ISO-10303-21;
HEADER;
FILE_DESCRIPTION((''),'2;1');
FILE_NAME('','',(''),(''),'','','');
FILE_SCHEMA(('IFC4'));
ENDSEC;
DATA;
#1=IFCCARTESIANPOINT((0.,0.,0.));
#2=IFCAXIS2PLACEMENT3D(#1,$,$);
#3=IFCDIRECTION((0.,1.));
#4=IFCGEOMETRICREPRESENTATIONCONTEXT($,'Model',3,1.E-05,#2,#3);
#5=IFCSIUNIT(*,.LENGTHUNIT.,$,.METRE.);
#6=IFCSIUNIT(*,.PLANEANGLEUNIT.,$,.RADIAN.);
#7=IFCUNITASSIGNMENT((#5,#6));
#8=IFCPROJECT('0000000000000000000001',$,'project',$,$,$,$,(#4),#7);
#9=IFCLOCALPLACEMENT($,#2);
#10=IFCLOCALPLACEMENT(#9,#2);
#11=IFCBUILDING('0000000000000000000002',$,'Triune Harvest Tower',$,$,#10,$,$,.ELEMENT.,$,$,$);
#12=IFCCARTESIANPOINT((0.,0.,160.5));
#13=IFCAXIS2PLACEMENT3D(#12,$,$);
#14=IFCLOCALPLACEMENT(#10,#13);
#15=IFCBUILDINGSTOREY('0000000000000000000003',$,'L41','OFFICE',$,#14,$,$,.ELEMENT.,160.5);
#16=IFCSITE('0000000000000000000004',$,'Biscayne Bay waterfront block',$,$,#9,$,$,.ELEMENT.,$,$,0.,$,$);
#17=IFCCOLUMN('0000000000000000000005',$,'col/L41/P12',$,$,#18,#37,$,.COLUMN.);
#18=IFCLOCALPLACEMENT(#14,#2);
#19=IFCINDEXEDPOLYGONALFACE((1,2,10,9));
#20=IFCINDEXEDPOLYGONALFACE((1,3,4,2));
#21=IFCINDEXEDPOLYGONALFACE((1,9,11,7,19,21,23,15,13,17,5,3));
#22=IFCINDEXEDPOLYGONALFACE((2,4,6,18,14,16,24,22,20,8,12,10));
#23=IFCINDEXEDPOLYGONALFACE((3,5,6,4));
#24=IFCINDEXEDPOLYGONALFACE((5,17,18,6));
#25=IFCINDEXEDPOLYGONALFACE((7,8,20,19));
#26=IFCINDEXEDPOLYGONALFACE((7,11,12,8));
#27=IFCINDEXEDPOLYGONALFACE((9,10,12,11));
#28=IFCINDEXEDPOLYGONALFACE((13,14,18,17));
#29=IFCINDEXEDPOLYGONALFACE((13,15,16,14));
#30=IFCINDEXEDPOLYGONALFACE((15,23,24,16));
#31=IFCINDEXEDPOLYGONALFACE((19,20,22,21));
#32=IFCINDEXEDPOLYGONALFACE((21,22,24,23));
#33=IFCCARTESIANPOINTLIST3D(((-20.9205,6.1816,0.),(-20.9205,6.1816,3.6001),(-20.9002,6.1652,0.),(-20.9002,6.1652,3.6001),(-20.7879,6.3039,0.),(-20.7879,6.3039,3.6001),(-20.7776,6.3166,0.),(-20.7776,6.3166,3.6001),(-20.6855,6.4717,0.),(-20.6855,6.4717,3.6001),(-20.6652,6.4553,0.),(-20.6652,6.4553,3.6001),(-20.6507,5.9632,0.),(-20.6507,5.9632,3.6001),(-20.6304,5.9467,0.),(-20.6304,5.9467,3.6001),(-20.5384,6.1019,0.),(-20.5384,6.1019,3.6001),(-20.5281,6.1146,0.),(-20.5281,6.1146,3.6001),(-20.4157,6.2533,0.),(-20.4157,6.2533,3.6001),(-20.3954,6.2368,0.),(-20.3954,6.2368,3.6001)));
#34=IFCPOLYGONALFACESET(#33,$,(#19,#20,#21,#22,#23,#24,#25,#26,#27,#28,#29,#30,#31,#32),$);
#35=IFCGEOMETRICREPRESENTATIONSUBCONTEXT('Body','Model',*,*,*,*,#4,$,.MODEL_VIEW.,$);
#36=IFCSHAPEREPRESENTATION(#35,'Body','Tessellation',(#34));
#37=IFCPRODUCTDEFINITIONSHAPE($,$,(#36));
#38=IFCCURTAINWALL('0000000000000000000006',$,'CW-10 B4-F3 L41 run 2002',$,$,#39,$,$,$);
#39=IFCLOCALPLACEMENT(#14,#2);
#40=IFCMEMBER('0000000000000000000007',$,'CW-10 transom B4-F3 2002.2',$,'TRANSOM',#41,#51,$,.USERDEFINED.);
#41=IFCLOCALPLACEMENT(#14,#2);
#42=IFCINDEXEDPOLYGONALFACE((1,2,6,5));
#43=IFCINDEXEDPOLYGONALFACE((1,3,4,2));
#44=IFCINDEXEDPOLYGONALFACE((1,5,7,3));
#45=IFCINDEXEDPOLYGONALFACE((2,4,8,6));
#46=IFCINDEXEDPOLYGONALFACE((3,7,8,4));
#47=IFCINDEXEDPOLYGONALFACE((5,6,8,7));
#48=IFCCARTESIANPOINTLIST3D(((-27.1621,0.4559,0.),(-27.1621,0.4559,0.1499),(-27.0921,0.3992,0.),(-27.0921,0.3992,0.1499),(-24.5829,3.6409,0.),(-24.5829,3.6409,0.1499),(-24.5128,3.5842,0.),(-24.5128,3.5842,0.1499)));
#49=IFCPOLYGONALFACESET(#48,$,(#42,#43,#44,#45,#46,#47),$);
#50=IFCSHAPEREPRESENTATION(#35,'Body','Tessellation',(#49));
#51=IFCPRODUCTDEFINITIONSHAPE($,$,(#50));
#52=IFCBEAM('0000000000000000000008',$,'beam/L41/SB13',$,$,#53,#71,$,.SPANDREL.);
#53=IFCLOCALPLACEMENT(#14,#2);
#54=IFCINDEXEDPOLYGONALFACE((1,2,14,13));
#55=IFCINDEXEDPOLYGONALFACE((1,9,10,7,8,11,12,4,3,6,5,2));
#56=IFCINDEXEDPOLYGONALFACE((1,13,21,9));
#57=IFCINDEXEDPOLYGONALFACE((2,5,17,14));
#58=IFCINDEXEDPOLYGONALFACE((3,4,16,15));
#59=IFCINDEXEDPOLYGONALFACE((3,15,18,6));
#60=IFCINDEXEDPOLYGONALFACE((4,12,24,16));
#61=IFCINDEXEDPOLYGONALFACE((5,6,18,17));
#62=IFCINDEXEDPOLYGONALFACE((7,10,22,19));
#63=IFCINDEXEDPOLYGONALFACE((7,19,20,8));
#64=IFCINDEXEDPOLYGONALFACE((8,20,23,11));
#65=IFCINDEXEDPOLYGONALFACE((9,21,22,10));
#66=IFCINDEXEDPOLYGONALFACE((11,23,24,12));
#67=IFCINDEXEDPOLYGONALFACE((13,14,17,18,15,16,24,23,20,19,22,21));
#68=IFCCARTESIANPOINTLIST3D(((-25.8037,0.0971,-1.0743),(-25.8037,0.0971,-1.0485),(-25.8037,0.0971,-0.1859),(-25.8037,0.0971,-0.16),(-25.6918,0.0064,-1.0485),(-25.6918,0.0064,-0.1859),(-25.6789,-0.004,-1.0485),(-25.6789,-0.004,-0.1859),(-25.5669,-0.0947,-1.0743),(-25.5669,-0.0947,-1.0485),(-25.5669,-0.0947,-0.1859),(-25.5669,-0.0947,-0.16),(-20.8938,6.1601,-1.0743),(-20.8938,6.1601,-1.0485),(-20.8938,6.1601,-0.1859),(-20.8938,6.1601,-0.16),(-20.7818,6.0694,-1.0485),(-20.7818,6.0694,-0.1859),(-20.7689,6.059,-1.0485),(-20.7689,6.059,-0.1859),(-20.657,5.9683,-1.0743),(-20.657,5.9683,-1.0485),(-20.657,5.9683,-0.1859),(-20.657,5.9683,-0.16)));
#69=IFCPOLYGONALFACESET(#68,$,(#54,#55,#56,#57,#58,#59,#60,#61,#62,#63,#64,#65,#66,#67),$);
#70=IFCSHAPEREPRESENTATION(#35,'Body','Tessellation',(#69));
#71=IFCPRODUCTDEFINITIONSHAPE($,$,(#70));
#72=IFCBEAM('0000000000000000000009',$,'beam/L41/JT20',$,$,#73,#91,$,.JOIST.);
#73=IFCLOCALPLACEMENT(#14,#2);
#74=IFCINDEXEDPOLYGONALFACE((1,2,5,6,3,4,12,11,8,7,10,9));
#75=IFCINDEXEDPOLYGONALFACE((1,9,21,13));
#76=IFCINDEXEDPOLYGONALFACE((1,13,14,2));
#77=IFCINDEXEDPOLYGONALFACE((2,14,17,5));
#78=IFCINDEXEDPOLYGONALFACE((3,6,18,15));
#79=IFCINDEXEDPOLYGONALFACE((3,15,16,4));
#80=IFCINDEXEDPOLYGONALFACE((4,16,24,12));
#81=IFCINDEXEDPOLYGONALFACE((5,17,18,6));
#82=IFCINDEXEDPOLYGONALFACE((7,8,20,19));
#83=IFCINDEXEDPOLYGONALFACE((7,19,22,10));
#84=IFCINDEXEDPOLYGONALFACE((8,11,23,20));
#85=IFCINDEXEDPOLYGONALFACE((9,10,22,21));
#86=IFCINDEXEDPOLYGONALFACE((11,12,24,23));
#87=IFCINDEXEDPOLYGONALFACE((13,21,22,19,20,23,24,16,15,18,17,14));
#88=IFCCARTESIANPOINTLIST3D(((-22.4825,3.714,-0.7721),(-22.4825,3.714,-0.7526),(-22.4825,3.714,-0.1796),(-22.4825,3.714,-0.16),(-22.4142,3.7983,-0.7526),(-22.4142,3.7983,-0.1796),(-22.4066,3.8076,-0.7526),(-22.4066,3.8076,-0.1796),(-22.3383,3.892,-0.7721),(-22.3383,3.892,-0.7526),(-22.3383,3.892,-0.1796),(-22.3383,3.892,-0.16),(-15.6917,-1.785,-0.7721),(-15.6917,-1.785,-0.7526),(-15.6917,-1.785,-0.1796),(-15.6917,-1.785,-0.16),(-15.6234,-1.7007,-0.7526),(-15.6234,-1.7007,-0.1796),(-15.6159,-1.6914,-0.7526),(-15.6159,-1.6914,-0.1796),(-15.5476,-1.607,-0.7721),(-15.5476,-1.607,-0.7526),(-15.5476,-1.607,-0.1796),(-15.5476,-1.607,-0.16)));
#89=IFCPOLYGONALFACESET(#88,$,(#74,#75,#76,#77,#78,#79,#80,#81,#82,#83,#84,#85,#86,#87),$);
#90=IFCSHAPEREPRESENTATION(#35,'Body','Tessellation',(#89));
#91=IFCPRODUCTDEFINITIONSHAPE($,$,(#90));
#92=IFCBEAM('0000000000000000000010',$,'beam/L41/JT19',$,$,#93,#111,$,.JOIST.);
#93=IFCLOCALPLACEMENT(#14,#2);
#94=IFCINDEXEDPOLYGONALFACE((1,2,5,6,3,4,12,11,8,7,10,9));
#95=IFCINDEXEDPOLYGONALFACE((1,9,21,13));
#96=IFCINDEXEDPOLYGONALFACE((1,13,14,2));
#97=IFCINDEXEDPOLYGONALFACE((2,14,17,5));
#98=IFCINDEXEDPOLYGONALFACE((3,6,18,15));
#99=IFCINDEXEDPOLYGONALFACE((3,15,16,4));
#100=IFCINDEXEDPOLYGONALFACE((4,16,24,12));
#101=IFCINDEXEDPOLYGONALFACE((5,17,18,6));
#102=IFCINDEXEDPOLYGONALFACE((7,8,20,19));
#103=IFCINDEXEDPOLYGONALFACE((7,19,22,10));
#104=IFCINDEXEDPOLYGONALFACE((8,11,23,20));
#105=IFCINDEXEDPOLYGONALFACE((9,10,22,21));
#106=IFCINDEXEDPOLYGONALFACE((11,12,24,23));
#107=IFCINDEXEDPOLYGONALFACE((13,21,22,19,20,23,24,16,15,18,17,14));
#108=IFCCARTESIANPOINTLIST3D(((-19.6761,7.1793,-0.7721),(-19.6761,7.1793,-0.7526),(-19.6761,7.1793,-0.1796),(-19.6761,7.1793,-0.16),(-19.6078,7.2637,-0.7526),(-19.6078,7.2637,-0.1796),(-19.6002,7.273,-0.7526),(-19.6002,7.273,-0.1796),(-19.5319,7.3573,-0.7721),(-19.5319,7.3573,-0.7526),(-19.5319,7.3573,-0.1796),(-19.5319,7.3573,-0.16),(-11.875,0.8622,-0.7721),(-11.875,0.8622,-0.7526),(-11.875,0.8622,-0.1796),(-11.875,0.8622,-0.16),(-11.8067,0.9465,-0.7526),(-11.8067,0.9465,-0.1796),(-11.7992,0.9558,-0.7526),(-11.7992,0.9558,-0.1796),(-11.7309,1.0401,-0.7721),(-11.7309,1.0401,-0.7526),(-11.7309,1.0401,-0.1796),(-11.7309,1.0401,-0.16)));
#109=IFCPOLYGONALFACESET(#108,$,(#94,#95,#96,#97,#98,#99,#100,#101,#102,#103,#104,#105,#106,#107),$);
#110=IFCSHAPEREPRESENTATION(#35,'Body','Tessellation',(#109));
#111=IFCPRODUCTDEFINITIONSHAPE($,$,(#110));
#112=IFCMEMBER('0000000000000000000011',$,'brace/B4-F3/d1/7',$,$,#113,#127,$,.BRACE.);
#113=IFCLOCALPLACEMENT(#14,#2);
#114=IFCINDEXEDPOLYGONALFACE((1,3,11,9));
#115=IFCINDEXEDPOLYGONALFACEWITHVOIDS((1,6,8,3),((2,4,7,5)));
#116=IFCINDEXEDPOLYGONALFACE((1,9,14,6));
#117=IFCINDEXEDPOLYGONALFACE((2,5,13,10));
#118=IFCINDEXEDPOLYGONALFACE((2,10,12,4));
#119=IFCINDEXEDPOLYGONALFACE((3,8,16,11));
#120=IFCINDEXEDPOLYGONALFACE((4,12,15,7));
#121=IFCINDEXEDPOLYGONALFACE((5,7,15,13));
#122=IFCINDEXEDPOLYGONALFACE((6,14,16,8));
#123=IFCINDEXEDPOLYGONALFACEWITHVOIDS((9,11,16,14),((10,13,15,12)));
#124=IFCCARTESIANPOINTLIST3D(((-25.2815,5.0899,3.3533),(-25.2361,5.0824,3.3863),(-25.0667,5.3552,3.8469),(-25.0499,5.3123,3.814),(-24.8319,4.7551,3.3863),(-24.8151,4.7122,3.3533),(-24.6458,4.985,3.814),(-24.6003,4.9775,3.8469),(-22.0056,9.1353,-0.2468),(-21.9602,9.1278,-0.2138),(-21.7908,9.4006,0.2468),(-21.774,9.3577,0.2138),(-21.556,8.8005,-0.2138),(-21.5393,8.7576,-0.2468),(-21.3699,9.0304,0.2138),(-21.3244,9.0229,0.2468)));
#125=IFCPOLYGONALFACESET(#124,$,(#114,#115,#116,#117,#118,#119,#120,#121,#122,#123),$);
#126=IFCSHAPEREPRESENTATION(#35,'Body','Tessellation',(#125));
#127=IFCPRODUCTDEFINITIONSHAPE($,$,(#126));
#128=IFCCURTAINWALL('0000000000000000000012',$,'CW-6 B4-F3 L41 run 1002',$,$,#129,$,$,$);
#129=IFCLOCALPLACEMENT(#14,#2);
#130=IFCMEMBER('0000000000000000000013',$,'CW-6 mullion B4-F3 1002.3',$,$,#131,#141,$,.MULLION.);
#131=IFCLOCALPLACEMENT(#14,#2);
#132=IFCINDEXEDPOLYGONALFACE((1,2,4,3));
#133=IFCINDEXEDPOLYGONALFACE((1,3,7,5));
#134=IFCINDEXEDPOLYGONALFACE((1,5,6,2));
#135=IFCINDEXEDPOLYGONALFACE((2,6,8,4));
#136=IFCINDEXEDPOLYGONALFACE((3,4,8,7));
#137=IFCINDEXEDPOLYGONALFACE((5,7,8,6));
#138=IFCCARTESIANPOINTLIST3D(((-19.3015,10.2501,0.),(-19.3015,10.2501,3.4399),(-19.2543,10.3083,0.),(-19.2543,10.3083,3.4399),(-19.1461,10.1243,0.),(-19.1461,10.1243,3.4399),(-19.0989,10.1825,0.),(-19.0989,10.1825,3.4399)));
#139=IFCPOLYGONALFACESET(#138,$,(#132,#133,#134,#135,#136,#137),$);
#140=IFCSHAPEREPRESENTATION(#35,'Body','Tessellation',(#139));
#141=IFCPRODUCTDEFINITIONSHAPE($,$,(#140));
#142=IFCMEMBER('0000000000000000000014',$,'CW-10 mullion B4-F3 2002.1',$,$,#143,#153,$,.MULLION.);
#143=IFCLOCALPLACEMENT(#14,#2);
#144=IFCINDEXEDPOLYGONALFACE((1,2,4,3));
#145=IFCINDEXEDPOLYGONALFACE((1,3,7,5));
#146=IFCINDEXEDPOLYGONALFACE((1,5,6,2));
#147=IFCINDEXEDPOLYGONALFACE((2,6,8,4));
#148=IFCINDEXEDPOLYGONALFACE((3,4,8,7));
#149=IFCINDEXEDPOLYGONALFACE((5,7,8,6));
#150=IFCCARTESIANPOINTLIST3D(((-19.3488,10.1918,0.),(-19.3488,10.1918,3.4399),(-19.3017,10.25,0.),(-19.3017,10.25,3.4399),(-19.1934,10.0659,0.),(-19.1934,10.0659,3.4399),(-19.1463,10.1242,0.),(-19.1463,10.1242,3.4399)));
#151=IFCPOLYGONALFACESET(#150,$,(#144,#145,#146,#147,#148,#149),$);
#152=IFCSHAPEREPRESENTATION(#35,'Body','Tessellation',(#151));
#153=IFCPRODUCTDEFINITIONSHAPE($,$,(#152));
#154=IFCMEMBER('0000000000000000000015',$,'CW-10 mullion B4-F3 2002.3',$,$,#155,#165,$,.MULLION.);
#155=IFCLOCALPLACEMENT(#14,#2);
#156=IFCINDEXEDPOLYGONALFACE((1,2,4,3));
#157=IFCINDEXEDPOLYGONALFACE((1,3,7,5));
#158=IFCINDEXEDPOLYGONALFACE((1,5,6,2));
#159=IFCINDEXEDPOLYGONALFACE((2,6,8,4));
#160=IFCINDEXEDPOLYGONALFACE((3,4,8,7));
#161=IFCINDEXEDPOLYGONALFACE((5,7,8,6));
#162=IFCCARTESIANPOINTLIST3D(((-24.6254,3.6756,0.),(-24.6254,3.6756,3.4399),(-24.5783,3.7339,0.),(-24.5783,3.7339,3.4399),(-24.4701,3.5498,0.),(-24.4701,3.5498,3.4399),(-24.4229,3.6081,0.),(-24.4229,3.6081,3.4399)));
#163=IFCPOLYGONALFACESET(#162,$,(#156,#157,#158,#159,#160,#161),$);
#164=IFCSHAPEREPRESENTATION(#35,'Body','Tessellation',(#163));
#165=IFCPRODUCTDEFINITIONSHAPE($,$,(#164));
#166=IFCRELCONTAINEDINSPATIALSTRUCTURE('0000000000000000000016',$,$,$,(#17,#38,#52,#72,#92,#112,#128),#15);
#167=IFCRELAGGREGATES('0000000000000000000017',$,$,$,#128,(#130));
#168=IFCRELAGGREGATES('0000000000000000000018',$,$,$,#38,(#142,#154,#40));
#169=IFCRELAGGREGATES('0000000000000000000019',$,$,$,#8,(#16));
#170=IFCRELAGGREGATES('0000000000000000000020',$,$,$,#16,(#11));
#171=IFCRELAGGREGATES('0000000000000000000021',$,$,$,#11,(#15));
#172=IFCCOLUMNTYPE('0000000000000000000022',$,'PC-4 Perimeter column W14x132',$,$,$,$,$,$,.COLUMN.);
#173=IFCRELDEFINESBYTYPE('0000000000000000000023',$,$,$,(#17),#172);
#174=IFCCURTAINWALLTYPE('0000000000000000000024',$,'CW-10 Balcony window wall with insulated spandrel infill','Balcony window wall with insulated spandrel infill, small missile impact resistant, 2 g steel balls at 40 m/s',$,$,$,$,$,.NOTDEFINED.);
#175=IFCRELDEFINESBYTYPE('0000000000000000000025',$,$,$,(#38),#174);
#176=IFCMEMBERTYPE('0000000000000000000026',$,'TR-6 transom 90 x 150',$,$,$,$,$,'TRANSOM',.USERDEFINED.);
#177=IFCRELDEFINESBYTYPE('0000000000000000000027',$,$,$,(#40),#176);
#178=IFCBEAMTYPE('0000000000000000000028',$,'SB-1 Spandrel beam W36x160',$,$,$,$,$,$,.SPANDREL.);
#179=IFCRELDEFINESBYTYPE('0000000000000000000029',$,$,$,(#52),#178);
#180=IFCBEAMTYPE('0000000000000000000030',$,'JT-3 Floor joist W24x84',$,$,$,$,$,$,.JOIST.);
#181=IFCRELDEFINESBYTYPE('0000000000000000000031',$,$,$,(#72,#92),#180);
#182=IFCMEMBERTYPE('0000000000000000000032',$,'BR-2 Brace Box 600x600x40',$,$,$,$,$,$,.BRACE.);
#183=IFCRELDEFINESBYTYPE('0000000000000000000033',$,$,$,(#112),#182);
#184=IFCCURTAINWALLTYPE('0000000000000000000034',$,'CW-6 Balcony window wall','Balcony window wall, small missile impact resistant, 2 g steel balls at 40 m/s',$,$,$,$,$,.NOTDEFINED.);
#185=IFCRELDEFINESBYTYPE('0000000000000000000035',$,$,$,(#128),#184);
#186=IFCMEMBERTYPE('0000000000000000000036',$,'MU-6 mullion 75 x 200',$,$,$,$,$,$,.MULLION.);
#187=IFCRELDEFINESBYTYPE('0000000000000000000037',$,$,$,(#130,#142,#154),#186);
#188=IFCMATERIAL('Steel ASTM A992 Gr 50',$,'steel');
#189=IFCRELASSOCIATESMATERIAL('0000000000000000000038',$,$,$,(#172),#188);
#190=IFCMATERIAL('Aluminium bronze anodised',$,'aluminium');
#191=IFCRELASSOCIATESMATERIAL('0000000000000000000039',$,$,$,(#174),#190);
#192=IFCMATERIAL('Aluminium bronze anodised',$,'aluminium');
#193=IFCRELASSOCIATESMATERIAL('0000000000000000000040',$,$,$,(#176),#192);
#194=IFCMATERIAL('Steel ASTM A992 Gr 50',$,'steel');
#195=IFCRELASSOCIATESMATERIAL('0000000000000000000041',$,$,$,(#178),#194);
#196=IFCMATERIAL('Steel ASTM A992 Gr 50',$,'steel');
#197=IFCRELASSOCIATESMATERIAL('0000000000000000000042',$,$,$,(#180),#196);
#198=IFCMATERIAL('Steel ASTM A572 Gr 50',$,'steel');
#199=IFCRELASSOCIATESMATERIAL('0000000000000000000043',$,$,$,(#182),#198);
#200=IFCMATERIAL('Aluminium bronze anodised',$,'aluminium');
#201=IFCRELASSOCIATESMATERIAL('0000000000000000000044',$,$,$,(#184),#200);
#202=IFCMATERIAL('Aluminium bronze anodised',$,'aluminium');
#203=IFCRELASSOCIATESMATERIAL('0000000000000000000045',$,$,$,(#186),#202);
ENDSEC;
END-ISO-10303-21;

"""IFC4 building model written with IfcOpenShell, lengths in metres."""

from ifc_helpers import new_model, si_unit, direction, frame, origin, origin_2d, place, context, subcontext, project, spatial, rectangle, hollow_rectangle, i_section, extrude, source, transform, mapped, material, material_profile, profile_set, type_object, element, aggregate, save


model = new_model("IFC4")

# Units and contexts
model_context = context("Model", 3, precision=1e-05, world=origin(), true_north=direction((0.0, 1.0)))
body_context = subcontext(model_context, "Body", "Model", "MODEL_VIEW")
ifc_project = project(units=[si_unit("LENGTHUNIT", "METRE"), si_unit("PLANEANGLEUNIT", "RADIAN")], contexts=[model_context])

# Site, building, storey
site_placement = place(None, origin())
site = spatial("IfcSite", under=ifc_project, at=site_placement, Name="Biscayne Bay waterfront block", CompositionType="ELEMENT", RefElevation=0.0)
building_placement = place(site_placement, origin())
building = spatial("IfcBuilding", under=site, at=building_placement, Name="Triune Harvest Tower", CompositionType="ELEMENT")
storey_placement = place(building_placement, frame((0.0, 0.0, 160.5)))
storey = spatial("IfcBuildingStorey", under=building, at=storey_placement, Name="L41", Description="OFFICE", CompositionType="ELEMENT", Elevation=160.5)

# Column
ifc_material_1 = material(Name="Steel ASTM A992 Gr 50", Category="steel")
ifc_material_profile_1 = material_profile(ifc_material_1, i_section(OverallWidth=0.3733, OverallDepth=0.3733, WebThickness=0.0164, FlangeThickness=0.0261, at=origin_2d()), Name="W14x132")
ifc_profile_set_1 = profile_set([ifc_material_profile_1], Name="Steel ASTM A992 Gr 50")
column_type = type_object("IfcColumnType", Name="PC-4 Perimeter column W14x132", PredefinedType="COLUMN", material=ifc_profile_set_1)
shared_shape_1 = source(origin(), body_context, "Body", "SweptSolid", [
    extrude(i_section(OverallWidth=0.3733, OverallDepth=0.3733, WebThickness=0.0164, FlangeThickness=0.0261, at=origin_2d()), origin(), (0.0, 0.0, 1.0), 3.6001),
])
column_placement = place(storey_placement, frame((-20.658, 6.2092, 0.0), z_axis=(0.0, 0.0, 1.0), x_axis=(-0.629322, -0.777145, 0.0)))
element("IfcColumn", 1, at=column_placement, inside=storey, type_object=column_type, Name="col/L41/P12", PredefinedType="COLUMN", context=body_context, shape_type="MappedRepresentation", body=[
    mapped(shared_shape_1, transform((0.0, 0.0, 0.0), scale=1.0)),
])

# Curtain wall, member
ifc_material_2 = material(Name="Aluminium bronze anodised", Category="aluminium")
curtain_wall_type_1 = type_object("IfcCurtainWallType", Name="CW-10 Balcony window wall with insulated spandrel infill", Description="Balcony window wall with insulated spandrel infill, small missile impact resistant, 2 g steel balls at 40 m/s", PredefinedType="NOTDEFINED", material=ifc_material_2)
curtain_wall_1_placement = place(storey_placement, origin())
curtain_wall_1 = element("IfcCurtainWall", 2, at=curtain_wall_1_placement, inside=storey, type_object=curtain_wall_type_1, Name="CW-10 B4-F3 L41 run 2002")
ifc_material_3 = material(Name="Aluminium bronze anodised", Category="aluminium")
ifc_material_profile_2 = material_profile(ifc_material_3, rectangle(XDim=0.0901, YDim=0.1499, at=origin_2d()), Name="TR-6 transom 90 x 150")
ifc_profile_set_2 = profile_set([ifc_material_profile_2], Name="Aluminium bronze anodised")
member_type_1 = type_object("IfcMemberType", Name="TR-6 transom 90 x 150", ElementType="TRANSOM", PredefinedType="USERDEFINED", material=ifc_profile_set_2)
member_1_placement = place(storey_placement, frame((-24.5479, 3.6125, 0.075), z_axis=(-0.62934, -0.77713, 0.0), x_axis=(0.77713, -0.62934, 0.0)))
member_1 = element("IfcMember", 3, at=member_1_placement, type_object=member_type_1, Name="CW-10 transom B4-F3 2002.2", ObjectType="TRANSOM", PredefinedType="USERDEFINED", context=body_context, shape_type="SweptSolid", body=[
    extrude(rectangle(XDim=0.0901, YDim=0.1499, at=origin_2d()), origin(), (0.0, 0.0, 1.0), 4.0984),
])

# Beams
ifc_material_4 = material(Name="Steel ASTM A992 Gr 50", Category="steel")
ifc_material_profile_3 = material_profile(ifc_material_4, i_section(OverallWidth=0.3047, OverallDepth=0.9143, WebThickness=0.0166, FlangeThickness=0.0259, at=origin_2d()), Name="W36x160")
ifc_profile_set_3 = profile_set([ifc_material_profile_3], Name="Steel ASTM A992 Gr 50")
beam_type_1 = type_object("IfcBeamType", Name="SB-1 Spandrel beam W36x160", PredefinedType="SPANDREL", material=ifc_profile_set_3)
shared_shape_2 = source(origin(), body_context, "Body", "SweptSolid", [
    extrude(i_section(OverallWidth=0.3047, OverallDepth=0.9143, WebThickness=0.0166, FlangeThickness=0.0259, at=origin_2d()), origin(), (0.0, 0.0, 1.0), 7.8018),
])
beam_1_placement = place(storey_placement, frame((-20.7754, 6.0642, -0.6172), z_axis=(-0.629336, -0.777133, 0.0), x_axis=(0.777133, -0.629336, 0.0)))
element("IfcBeam", 4, at=beam_1_placement, inside=storey, type_object=beam_type_1, Name="beam/L41/SB13", PredefinedType="SPANDREL", context=body_context, shape_type="MappedRepresentation", body=[
    mapped(shared_shape_2, transform((0.0, 0.0, 0.0), scale=1.0)),
])
ifc_material_5 = material(Name="Steel ASTM A992 Gr 50", Category="steel")
ifc_material_profile_4 = material_profile(ifc_material_5, i_section(OverallWidth=0.229, OverallDepth=0.6121, WebThickness=0.012, FlangeThickness=0.0195, at=origin_2d()), Name="W24x84")
ifc_profile_set_4 = profile_set([ifc_material_profile_4], Name="Steel ASTM A992 Gr 50")
beam_type_2 = type_object("IfcBeamType", Name="JT-3 Floor joist W24x84", PredefinedType="JOIST", material=ifc_profile_set_4)
shared_shape_3 = source(origin(), body_context, "Body", "SweptSolid", [
    extrude(i_section(OverallWidth=0.229, OverallDepth=0.6121, WebThickness=0.012, FlangeThickness=0.0195, at=origin_2d()), origin(), (0.0, 0.0, 1.0), 8.738),
])
beam_2_placement = place(storey_placement, frame((-22.4104, 3.803, -0.4661), z_axis=(0.777148, -0.629318, 0.0), x_axis=(0.629318, 0.777148, 0.0)))
element("IfcBeam", 5, at=beam_2_placement, inside=storey, type_object=beam_type_2, Name="beam/L41/JT20", PredefinedType="JOIST", context=body_context, shape_type="MappedRepresentation", body=[
    mapped(shared_shape_3, transform((0.0, 0.0, 0.0), scale=1.0)),
])
shared_shape_4 = source(origin(), body_context, "Body", "SweptSolid", [
    extrude(i_section(OverallWidth=0.229, OverallDepth=0.6121, WebThickness=0.012, FlangeThickness=0.0195, at=origin_2d()), origin(), (0.0, 0.0, 1.0), 10.0381),
])
beam_3_placement = place(storey_placement, frame((-19.604, 7.2683, -0.4661), z_axis=(0.777146, -0.62932, 0.0), x_axis=(0.62932, 0.777146, 0.0)))
element("IfcBeam", 6, at=beam_3_placement, inside=storey, type_object=beam_type_2, Name="beam/L41/JT19", PredefinedType="JOIST", context=body_context, shape_type="MappedRepresentation", body=[
    mapped(shared_shape_4, transform((0.0, 0.0, 0.0), scale=1.0)),
])

# Member
ifc_material_6 = material(Name="Steel ASTM A572 Gr 50", Category="steel")
ifc_material_profile_5 = material_profile(ifc_material_6, hollow_rectangle(XDim=0.6001, YDim=0.6001, WallThickness=0.04, at=origin_2d()), Name="Box 600x600x40")
ifc_profile_set_5 = profile_set([ifc_material_profile_5], Name="Steel ASTM A572 Gr 50")
member_type_2 = type_object("IfcMemberType", Name="BR-2 Brace Box 600x600x40", PredefinedType="BRACE", material=ifc_profile_set_5)
shared_shape_5 = source(origin(), body_context, "Body", "SweptSolid", [
    extrude(hollow_rectangle(XDim=0.6001, YDim=0.6001, WallThickness=0.04, at=origin_2d()), origin(), (0.0, 0.0, 1.0), 6.3291),
])
member_2_placement = place(storey_placement, frame((-21.665, 9.0791, 0.0), z_axis=(-0.517591, -0.639177, 0.568817), x_axis=(0.777149, -0.629317, 0.0)))
element("IfcMember", 7, at=member_2_placement, inside=storey, type_object=member_type_2, Name="brace/B4-F3/d1/7", PredefinedType="BRACE", context=body_context, shape_type="MappedRepresentation", body=[
    mapped(shared_shape_5, transform((0.0, 0.0, 0.0), scale=1.0)),
])

# Curtain wall, member
ifc_material_7 = material(Name="Aluminium bronze anodised", Category="aluminium")
curtain_wall_type_2 = type_object("IfcCurtainWallType", Name="CW-6 Balcony window wall", Description="Balcony window wall, small missile impact resistant, 2 g steel balls at 40 m/s", PredefinedType="NOTDEFINED", material=ifc_material_7)
curtain_wall_2_placement = place(storey_placement, origin())
curtain_wall_2 = element("IfcCurtainWall", 8, at=curtain_wall_2_placement, inside=storey, type_object=curtain_wall_type_2, Name="CW-6 B4-F3 L41 run 1002")
ifc_material_8 = material(Name="Aluminium bronze anodised", Category="aluminium")
ifc_material_profile_6 = material_profile(ifc_material_8, rectangle(XDim=0.2, YDim=0.075, at=origin_2d()), Name="MU-6 mullion 75 x 200")
ifc_profile_set_6 = profile_set([ifc_material_profile_6], Name="Aluminium bronze anodised")
member_type_3 = type_object("IfcMemberType", Name="MU-6 mullion 75 x 200", PredefinedType="MULLION", material=ifc_profile_set_6)
shared_shape_6 = source(origin(), body_context, "Body", "SweptSolid", [
    extrude(rectangle(XDim=0.2, YDim=0.075, at=origin_2d()), origin(), (0.0, 0.0, 1.0), 3.4399),
])
member_3_placement = place(storey_placement, frame((-19.2002, 10.2163, 0.0), z_axis=(0.0, 0.0, 1.0), x_axis=(0.777145, -0.629322, 0.0)))
member_3 = element("IfcMember", 9, at=member_3_placement, type_object=member_type_3, Name="CW-6 mullion B4-F3 1002.3", PredefinedType="MULLION", context=body_context, shape_type="MappedRepresentation", body=[
    mapped(shared_shape_6, transform((0.0, 0.0, 0.0), scale=1.0)),
])

# Members
member_4_placement = place(storey_placement, frame((-19.2476, 10.158, 0.0), z_axis=(0.0, 0.0, 1.0), x_axis=(0.777148, -0.629318, 0.0)))
member_4 = element("IfcMember", 10, at=member_4_placement, type_object=member_type_3, Name="CW-10 mullion B4-F3 2002.1", PredefinedType="MULLION", context=body_context, shape_type="MappedRepresentation", body=[
    mapped(shared_shape_6, transform((0.0, 0.0, 0.0), scale=1.0)),
])
member_5_placement = place(storey_placement, frame((-24.5242, 3.6418, 0.0), z_axis=(0.0, 0.0, 1.0), x_axis=(0.777148, -0.629318, 0.0)))
member_5 = element("IfcMember", 11, at=member_5_placement, type_object=member_type_3, Name="CW-10 mullion B4-F3 2002.3", PredefinedType="MULLION", context=body_context, shape_type="MappedRepresentation", body=[
    mapped(shared_shape_6, transform((0.0, 0.0, 0.0), scale=1.0)),
])

aggregate(curtain_wall_2, [member_3])
aggregate(curtain_wall_1, [member_4, member_5, member_1])

save(model, "model.ifc")
